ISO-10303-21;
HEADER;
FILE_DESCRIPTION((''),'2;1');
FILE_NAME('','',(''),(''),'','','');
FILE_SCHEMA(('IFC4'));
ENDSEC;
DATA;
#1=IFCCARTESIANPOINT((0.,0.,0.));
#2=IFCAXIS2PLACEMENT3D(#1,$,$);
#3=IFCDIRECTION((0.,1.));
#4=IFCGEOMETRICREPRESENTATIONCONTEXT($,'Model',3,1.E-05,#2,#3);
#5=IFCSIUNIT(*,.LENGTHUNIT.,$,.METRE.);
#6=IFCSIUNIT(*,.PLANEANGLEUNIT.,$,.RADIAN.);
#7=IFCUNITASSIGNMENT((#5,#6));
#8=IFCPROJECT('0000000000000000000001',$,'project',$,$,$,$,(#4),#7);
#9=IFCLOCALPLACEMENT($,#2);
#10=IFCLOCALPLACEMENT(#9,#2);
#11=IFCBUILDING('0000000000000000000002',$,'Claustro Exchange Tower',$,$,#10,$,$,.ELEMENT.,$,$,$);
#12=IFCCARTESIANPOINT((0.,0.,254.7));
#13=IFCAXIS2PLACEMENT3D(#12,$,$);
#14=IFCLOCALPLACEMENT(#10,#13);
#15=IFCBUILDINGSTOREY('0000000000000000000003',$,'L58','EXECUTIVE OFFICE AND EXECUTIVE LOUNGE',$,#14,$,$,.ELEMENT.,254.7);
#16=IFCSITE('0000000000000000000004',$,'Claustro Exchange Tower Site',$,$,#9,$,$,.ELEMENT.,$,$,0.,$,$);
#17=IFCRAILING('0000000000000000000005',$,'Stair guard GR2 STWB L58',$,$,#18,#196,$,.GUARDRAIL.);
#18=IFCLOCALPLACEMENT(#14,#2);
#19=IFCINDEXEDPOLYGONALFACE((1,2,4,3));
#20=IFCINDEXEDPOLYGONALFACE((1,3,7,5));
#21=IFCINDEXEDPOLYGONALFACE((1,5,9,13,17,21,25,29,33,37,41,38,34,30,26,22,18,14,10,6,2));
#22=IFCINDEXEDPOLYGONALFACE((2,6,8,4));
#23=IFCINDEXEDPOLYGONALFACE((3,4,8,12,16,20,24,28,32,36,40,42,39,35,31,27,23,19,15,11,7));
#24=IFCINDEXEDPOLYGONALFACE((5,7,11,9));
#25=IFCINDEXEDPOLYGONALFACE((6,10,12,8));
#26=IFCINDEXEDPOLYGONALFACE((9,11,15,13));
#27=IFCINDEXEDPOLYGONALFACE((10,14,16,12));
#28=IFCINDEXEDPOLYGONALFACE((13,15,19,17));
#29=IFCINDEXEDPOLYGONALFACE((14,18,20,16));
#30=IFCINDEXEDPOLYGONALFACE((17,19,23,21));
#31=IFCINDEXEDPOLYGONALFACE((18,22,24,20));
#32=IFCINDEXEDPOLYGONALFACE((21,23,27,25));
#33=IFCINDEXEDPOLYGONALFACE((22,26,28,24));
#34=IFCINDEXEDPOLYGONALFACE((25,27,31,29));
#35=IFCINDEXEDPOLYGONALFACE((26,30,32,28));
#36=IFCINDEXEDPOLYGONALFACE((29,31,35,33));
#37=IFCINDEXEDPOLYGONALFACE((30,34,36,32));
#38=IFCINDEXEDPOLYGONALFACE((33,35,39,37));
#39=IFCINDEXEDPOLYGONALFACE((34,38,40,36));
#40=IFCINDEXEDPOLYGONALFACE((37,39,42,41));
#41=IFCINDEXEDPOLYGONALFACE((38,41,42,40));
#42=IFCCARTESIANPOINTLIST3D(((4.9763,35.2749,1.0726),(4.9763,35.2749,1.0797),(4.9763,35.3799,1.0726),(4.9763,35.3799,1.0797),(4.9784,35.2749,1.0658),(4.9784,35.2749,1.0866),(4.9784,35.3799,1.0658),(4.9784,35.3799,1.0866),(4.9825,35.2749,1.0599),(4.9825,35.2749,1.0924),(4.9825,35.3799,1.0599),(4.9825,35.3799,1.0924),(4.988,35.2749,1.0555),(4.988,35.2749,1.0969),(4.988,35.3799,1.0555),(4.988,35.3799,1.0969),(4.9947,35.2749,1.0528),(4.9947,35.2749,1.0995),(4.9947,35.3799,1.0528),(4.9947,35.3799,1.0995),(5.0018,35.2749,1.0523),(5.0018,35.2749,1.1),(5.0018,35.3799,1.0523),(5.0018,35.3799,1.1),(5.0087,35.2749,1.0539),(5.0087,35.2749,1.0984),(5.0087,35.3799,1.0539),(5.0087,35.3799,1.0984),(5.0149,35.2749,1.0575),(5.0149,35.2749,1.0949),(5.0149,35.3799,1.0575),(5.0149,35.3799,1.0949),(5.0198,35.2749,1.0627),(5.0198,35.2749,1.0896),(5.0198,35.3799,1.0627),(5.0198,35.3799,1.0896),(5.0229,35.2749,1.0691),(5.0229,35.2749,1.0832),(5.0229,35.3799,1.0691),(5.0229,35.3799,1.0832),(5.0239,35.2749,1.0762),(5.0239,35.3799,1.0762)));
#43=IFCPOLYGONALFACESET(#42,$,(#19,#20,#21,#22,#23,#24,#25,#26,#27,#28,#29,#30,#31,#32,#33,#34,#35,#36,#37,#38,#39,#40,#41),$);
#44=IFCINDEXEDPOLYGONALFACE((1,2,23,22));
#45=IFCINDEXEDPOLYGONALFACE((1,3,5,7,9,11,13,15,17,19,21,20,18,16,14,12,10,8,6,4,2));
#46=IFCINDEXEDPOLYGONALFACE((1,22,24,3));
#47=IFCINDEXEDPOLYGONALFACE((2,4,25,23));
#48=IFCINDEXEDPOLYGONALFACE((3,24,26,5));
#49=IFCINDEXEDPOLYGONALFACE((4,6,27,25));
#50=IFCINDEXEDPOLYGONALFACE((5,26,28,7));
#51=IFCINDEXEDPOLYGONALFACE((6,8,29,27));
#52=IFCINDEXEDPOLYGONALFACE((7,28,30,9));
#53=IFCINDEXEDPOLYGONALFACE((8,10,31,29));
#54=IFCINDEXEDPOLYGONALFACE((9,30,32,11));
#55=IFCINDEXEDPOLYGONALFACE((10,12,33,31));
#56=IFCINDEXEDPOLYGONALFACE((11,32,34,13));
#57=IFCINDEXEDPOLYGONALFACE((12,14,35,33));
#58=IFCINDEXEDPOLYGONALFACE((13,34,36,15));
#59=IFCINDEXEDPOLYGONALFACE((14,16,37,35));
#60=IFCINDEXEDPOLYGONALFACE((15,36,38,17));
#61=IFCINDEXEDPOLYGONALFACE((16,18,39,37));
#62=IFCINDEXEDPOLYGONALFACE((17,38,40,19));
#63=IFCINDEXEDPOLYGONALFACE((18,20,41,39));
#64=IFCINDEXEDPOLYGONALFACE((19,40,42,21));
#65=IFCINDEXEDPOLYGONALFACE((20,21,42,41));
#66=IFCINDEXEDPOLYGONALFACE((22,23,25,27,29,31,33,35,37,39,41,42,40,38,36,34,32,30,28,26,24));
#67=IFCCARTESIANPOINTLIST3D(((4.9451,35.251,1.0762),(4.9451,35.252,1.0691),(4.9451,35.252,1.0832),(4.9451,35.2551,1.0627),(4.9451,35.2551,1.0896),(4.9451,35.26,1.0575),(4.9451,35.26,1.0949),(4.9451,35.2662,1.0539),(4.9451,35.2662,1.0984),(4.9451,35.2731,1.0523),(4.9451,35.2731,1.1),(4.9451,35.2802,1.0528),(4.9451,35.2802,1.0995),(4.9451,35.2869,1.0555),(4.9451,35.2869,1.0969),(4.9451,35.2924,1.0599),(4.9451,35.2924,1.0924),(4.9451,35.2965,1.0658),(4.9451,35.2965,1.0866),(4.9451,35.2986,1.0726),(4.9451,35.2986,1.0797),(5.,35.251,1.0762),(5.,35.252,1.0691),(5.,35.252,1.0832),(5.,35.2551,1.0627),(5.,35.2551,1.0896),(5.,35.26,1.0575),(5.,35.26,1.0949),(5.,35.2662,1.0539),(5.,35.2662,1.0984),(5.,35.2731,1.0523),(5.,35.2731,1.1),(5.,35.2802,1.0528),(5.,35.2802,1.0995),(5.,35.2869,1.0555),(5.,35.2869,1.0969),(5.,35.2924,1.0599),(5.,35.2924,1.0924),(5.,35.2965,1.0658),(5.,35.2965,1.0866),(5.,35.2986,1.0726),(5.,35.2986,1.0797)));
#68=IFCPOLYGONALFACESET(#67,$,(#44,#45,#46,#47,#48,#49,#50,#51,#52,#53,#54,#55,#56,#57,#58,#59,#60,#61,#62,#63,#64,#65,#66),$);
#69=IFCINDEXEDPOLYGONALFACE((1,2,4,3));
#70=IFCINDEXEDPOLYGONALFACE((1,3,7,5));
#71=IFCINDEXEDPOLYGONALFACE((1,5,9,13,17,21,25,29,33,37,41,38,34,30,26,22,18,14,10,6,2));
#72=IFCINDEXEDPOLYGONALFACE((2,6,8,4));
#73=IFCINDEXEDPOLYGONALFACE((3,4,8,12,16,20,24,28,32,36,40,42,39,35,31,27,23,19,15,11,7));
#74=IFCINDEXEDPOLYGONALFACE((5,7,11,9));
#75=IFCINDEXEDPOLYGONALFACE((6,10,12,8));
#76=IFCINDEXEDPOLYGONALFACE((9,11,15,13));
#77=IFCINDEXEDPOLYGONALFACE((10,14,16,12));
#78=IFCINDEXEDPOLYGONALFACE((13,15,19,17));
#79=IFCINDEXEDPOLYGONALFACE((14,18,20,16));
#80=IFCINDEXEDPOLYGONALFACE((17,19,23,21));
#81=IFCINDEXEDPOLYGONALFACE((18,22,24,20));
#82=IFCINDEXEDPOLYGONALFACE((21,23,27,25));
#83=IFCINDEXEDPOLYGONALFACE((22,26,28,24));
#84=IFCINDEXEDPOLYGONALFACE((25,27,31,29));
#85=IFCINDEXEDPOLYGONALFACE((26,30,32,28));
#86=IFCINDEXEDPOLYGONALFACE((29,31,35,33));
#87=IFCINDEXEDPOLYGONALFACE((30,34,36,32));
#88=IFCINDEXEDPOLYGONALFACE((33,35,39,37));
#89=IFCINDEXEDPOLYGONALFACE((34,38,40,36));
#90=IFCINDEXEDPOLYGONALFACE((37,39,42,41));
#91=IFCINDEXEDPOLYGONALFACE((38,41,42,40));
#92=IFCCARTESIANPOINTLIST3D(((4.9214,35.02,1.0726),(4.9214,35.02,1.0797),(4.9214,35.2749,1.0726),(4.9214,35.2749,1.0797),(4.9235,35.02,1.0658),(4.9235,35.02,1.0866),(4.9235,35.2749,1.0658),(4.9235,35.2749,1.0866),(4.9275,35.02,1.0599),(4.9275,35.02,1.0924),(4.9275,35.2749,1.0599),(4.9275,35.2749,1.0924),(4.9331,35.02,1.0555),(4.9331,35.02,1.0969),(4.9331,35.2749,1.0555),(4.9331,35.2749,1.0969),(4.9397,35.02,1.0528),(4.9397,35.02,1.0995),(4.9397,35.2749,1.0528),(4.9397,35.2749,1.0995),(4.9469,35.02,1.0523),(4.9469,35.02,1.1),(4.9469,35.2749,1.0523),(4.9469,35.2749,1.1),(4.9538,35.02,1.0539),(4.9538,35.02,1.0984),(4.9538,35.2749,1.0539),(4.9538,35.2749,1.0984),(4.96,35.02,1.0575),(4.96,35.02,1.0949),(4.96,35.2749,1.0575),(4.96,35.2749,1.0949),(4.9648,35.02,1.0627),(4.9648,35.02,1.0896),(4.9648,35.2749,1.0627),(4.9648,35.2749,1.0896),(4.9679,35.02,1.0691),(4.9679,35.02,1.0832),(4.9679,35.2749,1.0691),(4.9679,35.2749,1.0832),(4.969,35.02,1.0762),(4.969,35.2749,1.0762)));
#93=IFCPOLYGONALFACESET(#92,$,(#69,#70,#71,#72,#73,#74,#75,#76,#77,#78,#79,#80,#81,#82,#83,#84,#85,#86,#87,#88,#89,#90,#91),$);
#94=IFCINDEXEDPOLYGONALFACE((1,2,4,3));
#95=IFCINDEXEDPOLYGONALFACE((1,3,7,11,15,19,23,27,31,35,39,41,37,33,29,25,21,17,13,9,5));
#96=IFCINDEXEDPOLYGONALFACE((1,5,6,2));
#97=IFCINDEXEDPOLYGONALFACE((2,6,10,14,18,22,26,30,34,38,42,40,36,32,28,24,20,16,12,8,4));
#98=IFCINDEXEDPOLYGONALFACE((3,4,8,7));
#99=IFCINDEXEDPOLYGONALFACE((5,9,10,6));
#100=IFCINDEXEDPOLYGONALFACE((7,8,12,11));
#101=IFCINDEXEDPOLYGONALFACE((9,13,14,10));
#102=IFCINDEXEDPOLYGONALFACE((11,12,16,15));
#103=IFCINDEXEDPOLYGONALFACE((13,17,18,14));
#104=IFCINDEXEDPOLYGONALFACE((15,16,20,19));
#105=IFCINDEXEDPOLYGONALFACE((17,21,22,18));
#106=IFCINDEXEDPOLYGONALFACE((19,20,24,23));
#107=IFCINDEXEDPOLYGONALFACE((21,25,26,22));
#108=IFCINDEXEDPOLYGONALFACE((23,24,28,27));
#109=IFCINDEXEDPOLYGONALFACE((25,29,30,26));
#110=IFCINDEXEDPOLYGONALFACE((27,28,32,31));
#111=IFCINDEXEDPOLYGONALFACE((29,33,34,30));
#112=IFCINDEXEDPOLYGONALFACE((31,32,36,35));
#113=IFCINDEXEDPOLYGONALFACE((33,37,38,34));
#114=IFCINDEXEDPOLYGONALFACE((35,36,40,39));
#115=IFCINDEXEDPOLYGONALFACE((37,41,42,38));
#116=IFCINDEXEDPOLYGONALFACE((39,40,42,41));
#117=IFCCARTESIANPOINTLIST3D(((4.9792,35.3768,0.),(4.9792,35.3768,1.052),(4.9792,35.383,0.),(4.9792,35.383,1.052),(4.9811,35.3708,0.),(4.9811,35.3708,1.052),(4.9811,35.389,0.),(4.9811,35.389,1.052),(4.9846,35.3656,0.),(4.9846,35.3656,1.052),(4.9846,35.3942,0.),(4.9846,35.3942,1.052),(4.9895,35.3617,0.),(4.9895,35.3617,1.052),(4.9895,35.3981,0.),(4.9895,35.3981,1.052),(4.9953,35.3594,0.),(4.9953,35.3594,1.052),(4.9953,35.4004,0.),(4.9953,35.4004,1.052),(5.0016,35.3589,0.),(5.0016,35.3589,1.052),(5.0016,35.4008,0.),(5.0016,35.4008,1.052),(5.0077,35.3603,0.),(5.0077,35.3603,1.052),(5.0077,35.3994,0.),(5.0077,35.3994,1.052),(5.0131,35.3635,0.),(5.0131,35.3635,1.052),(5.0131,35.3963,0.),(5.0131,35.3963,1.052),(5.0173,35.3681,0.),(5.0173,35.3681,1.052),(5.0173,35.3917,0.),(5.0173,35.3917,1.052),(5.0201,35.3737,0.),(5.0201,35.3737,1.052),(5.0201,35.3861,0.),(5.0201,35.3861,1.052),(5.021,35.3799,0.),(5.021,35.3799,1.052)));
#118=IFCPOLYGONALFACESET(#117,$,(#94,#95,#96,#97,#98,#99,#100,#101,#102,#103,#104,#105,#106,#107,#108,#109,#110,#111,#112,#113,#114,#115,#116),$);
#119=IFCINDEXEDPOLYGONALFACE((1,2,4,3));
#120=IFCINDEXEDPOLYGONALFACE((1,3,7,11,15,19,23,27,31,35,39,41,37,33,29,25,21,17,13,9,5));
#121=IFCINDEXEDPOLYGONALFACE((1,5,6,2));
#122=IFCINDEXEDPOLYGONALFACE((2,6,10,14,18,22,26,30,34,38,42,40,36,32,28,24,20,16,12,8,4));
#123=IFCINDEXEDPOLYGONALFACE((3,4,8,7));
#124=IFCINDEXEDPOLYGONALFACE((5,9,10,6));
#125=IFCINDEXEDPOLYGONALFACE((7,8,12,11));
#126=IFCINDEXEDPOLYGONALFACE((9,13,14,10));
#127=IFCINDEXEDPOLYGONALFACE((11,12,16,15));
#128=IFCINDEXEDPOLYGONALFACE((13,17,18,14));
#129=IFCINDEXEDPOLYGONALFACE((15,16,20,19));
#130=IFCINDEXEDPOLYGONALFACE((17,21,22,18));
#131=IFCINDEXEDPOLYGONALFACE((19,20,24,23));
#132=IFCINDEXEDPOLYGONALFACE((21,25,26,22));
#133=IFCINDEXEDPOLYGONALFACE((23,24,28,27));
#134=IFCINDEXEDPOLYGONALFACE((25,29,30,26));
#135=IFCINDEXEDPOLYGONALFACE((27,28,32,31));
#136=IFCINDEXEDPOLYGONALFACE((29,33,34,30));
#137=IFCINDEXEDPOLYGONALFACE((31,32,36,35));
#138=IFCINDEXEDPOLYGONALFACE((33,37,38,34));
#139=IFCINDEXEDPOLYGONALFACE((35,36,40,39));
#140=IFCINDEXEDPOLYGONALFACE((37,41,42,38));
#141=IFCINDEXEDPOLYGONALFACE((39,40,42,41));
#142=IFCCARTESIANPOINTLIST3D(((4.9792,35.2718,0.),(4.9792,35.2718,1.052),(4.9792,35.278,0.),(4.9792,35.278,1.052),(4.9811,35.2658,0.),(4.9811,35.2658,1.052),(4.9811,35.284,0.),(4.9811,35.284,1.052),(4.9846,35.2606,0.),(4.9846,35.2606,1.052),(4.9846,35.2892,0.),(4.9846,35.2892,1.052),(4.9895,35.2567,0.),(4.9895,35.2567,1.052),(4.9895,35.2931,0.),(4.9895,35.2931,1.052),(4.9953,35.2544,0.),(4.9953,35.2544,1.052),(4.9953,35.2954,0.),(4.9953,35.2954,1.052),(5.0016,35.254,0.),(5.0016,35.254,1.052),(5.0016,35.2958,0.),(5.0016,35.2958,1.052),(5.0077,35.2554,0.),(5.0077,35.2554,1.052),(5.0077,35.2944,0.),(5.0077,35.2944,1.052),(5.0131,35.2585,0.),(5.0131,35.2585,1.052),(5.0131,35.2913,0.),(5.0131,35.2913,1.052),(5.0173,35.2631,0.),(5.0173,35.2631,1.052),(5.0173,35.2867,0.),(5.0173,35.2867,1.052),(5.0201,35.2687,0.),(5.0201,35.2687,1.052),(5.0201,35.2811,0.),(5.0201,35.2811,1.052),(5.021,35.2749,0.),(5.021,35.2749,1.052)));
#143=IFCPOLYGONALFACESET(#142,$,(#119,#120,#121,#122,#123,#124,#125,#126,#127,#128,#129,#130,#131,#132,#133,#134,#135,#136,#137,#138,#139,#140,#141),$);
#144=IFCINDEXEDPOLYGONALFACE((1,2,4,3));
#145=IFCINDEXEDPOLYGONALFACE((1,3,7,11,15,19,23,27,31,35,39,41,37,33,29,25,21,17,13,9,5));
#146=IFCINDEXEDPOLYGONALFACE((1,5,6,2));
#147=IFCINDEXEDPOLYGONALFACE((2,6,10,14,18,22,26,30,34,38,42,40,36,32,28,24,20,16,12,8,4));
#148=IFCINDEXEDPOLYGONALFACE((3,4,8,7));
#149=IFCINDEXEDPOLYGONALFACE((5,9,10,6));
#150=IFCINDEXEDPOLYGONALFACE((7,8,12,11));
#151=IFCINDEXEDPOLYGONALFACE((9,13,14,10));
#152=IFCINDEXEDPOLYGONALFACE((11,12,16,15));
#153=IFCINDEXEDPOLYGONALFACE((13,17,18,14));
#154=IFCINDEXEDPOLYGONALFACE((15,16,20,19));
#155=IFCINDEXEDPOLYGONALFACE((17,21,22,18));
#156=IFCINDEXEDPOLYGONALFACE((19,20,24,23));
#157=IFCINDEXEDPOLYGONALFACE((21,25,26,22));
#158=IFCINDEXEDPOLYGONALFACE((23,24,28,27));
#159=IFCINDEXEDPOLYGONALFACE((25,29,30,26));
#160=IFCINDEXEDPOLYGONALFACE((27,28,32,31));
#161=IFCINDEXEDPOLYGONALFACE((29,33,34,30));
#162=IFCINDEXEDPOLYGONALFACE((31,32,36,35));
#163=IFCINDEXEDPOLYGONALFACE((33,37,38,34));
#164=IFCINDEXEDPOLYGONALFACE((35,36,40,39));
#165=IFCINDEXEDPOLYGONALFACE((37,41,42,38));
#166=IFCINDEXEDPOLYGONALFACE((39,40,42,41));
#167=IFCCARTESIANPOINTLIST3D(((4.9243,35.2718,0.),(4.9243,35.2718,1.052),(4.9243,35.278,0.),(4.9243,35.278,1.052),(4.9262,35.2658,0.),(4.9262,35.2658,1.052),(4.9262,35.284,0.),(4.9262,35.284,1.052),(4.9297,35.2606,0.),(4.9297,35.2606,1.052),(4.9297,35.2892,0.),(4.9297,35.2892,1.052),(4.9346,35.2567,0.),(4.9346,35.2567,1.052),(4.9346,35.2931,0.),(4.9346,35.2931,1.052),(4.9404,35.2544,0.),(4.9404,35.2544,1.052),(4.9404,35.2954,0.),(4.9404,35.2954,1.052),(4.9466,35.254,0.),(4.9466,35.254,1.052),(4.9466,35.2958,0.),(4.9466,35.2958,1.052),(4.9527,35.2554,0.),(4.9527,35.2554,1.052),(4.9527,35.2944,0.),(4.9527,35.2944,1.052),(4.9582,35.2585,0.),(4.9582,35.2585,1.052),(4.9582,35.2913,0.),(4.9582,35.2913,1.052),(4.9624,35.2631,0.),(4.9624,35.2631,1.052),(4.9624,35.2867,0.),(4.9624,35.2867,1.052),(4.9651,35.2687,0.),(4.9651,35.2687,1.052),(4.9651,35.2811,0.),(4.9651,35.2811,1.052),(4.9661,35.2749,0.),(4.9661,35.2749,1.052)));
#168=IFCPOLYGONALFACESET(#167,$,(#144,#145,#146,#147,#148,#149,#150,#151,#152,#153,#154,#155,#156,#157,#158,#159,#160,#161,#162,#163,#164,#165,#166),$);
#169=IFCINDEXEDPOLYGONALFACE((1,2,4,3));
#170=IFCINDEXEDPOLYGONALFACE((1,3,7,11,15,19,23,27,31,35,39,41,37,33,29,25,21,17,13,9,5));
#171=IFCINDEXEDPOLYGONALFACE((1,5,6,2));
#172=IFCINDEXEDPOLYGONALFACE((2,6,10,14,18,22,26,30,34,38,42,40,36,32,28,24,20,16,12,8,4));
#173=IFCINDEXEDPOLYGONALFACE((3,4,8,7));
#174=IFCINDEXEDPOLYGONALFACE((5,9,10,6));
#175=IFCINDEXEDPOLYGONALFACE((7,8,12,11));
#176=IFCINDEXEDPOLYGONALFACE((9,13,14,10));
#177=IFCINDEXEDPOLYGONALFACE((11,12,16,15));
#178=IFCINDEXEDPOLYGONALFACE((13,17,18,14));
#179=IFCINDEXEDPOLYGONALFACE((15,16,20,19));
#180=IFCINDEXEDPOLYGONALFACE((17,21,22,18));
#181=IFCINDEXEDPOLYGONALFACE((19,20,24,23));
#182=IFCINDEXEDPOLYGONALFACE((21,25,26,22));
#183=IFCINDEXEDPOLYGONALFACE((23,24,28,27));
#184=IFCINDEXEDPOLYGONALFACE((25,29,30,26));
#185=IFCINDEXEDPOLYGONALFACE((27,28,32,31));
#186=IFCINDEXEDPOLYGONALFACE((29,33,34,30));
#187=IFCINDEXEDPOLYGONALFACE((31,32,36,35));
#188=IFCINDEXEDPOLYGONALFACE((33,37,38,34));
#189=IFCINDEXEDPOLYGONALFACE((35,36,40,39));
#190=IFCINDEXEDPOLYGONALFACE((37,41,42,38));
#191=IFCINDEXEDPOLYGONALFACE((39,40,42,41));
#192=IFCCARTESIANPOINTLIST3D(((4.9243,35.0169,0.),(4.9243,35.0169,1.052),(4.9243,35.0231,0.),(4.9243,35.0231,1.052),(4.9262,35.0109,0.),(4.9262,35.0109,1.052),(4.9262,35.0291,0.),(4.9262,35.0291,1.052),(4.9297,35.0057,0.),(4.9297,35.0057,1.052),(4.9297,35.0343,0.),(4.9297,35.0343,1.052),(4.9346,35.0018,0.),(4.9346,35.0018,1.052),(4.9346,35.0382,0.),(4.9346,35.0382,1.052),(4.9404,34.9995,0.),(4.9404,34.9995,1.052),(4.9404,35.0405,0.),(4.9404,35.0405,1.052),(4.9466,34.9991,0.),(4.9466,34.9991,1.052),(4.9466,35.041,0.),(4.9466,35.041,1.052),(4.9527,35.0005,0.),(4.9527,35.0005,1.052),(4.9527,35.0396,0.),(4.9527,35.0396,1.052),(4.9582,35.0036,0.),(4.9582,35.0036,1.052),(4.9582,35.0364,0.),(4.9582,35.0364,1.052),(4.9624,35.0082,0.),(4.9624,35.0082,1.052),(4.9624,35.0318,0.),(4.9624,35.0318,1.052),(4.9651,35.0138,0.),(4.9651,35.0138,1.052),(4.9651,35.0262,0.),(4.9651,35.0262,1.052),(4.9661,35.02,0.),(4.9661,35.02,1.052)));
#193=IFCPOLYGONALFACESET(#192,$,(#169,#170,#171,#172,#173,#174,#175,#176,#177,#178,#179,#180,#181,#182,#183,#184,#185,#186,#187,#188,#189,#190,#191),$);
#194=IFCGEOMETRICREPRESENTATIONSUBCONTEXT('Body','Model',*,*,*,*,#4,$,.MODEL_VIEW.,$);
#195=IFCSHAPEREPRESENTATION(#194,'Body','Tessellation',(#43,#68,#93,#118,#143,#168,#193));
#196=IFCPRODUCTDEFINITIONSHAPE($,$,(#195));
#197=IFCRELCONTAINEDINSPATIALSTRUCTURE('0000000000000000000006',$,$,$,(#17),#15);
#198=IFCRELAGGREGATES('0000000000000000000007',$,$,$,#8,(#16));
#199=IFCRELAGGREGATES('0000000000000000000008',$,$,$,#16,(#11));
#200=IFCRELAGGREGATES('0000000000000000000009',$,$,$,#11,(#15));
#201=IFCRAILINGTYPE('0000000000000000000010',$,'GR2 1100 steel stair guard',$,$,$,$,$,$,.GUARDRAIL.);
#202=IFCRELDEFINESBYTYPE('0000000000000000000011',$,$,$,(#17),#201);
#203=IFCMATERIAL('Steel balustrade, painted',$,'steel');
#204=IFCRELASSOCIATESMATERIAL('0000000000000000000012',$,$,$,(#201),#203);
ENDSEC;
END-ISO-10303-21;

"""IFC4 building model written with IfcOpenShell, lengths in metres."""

from ifc_helpers import new_model, si_unit, direction, frame, origin, origin_2d, place, context, subcontext, project, spatial, circle, extrude, material, type_object, element, save


model = new_model("IFC4")

# Units and contexts
model_context = context("Model", 3, precision=1e-05, world=origin(), true_north=direction((0.0, 1.0)))
body_context = subcontext(model_context, "Body", "Model", "MODEL_VIEW")
ifc_project = project(units=[si_unit("LENGTHUNIT", "METRE"), si_unit("PLANEANGLEUNIT", "RADIAN")], contexts=[model_context])

# Site, building, storey
site_placement = place(None, origin())
site = spatial("IfcSite", under=ifc_project, at=site_placement, Name="Claustro Exchange Tower Site", CompositionType="ELEMENT", RefElevation=0.0)
building_placement = place(site_placement, origin())
building = spatial("IfcBuilding", under=site, at=building_placement, Name="Claustro Exchange Tower", CompositionType="ELEMENT")
storey_placement = place(building_placement, frame((0.0, 0.0, 254.7)))
storey = spatial("IfcBuildingStorey", under=building, at=storey_placement, Name="L58", Description="EXECUTIVE OFFICE AND EXECUTIVE LOUNGE", CompositionType="ELEMENT", Elevation=254.7)

# Railing
ifc_material_1 = material(Name="Steel balustrade, painted", Category="steel")
railing_type_1 = type_object("IfcRailingType", Name="GR2 1100 steel stair guard", PredefinedType="GUARDRAIL", material=ifc_material_1)
railing_1_placement = place(storey_placement, frame((5.0, 35.3799, 0.0)))
element("IfcRailing", 1, at=railing_1_placement, inside=storey, type_object=railing_type_1, Name="Stair guard GR2 STWB L58", PredefinedType="GUARDRAIL", context=body_context, shape_type="SweptSolid", body=[
    extrude(circle(Radius=0.0239, at=origin_2d()), frame((0.0, 0.0, 1.0762), z_axis=(0.0, -1.0, 0.0), x_axis=(1.0, 0.0, 0.0)), (0.0, 0.0, 1.0), 0.105),
    extrude(circle(Radius=0.0239, at=origin_2d()), frame((0.0, -0.105, 1.0762), z_axis=(-1.0, 0.0, 0.0), x_axis=(0.0, -1.0, 0.0)), (0.0, 0.0, 1.0), 0.0549),
    extrude(circle(Radius=0.0239, at=origin_2d()), frame((-0.0549, -0.105, 1.0762), z_axis=(0.0, -1.0, 0.0), x_axis=(1.0, 0.0, 0.0)), (0.0, 0.0, 1.0), 0.2549),
    extrude(circle(Radius=0.021, at=origin_2d()), origin(), (0.0, 0.0, 1.0), 1.052),
    extrude(circle(Radius=0.021, at=origin_2d()), frame((0.0, -0.105, 0.0)), (0.0, 0.0, 1.0), 1.052),
    extrude(circle(Radius=0.021, at=origin_2d()), frame((-0.0549, -0.105, 0.0)), (0.0, 0.0, 1.0), 1.052),
    extrude(circle(Radius=0.021, at=origin_2d()), frame((-0.0549, -0.3599, 0.0)), (0.0, 0.0, 1.0), 1.052),
])

save(model, "model.ifc")
